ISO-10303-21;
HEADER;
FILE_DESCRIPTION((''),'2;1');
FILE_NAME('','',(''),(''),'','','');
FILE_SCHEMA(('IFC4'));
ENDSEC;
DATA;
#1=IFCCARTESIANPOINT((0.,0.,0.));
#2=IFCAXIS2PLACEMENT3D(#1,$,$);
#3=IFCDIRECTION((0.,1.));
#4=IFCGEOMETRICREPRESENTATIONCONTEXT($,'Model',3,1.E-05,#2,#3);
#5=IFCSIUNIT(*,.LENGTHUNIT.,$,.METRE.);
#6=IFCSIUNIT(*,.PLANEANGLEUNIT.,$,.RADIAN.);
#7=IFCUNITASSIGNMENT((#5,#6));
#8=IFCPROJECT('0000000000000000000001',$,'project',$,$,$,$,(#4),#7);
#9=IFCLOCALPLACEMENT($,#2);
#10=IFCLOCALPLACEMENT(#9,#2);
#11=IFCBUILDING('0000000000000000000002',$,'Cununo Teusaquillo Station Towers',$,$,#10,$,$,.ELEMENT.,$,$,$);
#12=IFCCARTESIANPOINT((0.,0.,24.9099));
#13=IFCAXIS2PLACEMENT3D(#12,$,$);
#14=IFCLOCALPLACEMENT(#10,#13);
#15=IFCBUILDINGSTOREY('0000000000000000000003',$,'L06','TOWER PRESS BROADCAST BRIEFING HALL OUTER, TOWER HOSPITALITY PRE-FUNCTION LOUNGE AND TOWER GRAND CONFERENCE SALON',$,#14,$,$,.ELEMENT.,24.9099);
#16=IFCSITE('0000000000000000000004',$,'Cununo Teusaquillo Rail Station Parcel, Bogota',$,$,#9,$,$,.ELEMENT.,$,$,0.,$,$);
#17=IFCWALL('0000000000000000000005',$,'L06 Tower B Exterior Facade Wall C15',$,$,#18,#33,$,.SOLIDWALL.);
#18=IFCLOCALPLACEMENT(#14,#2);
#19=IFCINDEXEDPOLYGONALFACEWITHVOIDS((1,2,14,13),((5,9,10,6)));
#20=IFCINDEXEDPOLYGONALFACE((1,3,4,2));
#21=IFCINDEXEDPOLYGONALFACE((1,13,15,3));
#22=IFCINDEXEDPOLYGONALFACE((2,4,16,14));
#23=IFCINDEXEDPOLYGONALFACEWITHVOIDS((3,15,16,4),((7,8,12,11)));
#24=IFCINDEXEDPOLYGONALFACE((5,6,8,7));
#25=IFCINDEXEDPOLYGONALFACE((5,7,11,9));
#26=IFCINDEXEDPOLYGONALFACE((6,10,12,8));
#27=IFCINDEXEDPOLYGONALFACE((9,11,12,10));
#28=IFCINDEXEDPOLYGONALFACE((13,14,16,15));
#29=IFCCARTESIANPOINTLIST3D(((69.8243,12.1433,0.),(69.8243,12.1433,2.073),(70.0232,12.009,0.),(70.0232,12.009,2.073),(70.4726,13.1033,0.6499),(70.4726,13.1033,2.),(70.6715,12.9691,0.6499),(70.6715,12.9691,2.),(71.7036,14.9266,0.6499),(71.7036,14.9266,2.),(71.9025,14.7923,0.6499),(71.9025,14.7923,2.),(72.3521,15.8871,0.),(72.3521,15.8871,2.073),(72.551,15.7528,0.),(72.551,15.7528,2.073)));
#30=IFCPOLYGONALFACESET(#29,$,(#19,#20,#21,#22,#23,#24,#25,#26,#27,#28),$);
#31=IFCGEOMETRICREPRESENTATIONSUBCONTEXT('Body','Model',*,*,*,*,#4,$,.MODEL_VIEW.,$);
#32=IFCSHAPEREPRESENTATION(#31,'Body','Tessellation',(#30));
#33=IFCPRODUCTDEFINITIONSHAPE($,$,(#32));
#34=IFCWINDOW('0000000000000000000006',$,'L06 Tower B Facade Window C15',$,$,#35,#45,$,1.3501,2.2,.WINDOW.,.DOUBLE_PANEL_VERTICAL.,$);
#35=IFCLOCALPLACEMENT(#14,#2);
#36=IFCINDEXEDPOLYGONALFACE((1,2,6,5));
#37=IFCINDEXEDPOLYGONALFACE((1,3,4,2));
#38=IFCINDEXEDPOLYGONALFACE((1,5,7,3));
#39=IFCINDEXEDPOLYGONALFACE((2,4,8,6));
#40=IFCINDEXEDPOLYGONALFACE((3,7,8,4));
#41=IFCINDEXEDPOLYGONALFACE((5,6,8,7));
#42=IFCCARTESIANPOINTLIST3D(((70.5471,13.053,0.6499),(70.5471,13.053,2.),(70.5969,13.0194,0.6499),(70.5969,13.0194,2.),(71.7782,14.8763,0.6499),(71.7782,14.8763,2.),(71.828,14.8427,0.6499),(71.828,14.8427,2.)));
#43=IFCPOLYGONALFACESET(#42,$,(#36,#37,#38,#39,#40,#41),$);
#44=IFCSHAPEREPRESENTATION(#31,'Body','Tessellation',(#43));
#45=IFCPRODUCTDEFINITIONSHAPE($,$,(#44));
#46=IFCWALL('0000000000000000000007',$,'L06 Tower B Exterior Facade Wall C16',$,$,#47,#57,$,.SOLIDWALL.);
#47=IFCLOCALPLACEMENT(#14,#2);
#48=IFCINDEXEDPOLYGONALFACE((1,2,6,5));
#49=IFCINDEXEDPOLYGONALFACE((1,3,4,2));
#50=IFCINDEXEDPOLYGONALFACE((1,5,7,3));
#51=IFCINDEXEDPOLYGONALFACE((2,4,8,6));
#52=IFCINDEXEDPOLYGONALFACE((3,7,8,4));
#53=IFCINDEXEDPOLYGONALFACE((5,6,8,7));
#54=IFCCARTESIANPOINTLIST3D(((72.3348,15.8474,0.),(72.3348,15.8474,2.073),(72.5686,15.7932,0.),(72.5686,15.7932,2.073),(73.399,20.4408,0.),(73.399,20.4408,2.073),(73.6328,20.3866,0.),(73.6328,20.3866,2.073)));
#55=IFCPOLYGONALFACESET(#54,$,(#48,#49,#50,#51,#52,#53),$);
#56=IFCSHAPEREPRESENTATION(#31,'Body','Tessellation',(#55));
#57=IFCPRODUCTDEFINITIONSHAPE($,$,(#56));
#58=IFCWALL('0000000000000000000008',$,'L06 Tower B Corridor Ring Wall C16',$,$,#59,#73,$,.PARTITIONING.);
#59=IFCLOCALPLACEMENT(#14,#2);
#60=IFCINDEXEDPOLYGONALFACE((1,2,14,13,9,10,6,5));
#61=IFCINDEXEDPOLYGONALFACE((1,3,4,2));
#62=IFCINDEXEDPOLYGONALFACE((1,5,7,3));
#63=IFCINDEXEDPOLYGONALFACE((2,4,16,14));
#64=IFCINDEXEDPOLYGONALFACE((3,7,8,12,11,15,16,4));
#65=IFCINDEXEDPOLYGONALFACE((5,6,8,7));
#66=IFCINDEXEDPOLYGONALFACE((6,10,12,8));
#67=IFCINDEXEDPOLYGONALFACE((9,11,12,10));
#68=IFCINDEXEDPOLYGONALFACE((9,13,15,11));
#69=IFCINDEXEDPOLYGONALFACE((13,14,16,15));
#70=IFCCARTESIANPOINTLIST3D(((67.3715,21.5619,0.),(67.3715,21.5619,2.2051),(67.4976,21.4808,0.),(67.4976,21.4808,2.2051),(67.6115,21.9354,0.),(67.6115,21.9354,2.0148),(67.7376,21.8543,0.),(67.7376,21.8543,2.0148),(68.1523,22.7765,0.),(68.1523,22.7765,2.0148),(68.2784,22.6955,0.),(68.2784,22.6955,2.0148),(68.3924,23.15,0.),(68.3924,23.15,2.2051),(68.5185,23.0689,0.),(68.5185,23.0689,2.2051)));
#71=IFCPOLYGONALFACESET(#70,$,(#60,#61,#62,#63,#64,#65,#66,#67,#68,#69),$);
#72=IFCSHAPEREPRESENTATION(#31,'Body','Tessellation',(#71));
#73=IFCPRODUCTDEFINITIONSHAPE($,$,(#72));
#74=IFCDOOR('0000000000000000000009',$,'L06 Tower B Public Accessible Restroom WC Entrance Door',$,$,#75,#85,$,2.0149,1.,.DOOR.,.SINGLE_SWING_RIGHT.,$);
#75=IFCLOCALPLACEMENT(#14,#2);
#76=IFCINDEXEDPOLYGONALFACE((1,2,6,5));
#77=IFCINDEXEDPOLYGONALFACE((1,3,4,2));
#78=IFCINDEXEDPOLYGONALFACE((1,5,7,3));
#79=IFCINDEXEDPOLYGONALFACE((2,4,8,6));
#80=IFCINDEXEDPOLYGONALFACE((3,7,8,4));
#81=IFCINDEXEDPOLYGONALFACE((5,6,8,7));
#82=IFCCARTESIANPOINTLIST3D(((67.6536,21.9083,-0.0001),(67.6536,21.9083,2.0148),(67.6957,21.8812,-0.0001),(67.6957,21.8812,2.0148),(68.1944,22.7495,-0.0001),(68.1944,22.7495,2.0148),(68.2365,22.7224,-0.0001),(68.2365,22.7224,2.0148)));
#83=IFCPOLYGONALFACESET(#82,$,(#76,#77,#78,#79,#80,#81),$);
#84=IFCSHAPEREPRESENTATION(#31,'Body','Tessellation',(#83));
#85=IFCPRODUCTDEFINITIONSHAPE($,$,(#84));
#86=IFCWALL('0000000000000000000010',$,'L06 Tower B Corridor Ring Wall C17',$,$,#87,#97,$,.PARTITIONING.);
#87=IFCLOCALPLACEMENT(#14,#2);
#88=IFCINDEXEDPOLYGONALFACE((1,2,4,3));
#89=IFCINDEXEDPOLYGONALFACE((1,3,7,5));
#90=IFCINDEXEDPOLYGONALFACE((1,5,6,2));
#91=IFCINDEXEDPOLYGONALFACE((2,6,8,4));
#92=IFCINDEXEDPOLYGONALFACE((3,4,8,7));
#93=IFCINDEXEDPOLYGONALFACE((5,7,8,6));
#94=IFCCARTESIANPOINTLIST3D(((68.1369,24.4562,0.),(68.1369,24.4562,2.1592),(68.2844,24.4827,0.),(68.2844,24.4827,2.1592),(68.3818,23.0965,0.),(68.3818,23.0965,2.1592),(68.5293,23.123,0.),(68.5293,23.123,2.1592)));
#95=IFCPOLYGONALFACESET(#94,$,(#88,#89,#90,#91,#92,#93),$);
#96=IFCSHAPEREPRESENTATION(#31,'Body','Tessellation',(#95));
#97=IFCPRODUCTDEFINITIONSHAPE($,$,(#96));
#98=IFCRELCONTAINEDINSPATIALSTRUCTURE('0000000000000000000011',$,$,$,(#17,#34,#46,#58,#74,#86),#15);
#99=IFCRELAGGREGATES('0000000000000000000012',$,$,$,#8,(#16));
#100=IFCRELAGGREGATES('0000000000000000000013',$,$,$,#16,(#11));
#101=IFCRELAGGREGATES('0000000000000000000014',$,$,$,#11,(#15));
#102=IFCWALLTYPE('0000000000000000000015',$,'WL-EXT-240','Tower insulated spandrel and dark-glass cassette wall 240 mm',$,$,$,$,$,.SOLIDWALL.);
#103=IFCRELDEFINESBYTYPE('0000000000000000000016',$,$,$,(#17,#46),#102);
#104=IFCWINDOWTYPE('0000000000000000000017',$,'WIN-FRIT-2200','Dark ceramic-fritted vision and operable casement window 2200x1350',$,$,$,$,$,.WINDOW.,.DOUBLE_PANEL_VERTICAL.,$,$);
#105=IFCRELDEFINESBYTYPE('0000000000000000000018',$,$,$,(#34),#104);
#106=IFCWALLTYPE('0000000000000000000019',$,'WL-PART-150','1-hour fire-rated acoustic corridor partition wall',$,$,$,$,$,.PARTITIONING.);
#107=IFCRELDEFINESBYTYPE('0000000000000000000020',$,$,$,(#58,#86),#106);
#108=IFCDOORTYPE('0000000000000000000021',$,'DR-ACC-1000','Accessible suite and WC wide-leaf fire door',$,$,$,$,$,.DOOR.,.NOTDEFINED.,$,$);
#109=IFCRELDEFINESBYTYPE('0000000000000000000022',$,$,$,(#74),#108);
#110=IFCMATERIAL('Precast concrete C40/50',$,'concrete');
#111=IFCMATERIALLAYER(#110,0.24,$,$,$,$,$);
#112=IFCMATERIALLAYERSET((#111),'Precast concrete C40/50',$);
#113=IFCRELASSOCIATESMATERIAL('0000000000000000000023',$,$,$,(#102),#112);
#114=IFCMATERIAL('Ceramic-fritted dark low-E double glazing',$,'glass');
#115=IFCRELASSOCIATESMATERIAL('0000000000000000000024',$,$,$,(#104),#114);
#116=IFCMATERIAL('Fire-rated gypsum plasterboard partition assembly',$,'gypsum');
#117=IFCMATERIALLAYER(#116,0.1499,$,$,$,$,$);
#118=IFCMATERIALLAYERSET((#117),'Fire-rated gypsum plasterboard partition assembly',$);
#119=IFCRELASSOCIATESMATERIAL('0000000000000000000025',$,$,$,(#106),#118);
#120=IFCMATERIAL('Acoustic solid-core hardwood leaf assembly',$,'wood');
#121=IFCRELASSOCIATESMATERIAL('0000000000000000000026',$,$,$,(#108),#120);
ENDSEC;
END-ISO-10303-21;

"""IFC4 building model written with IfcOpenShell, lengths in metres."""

from ifc_helpers import new_model, si_unit, direction, frame, frame_2d, origin, place, context, subcontext, project, spatial, rectangle, extrude, source, transform, mapped, material, layer, layer_set, type_object, element, fill, save


model = new_model("IFC4")

# Units and contexts
model_context = context("Model", 3, precision=1e-05, world=origin(), true_north=direction((0.0, 1.0)))
body_context = subcontext(model_context, "Body", "Model", "MODEL_VIEW")
ifc_project = project(units=[si_unit("LENGTHUNIT", "METRE"), si_unit("PLANEANGLEUNIT", "RADIAN")], contexts=[model_context])

# Site, building, storey
site_placement = place(None, origin())
site = spatial("IfcSite", under=ifc_project, at=site_placement, Name="Cununo Teusaquillo Rail Station Parcel, Bogota", CompositionType="ELEMENT", RefElevation=0.0)
building_placement = place(site_placement, origin())
building = spatial("IfcBuilding", under=site, at=building_placement, Name="Cununo Teusaquillo Station Towers", CompositionType="ELEMENT")
storey_placement = place(building_placement, frame((0.0, 0.0, 24.9099)))
storey = spatial("IfcBuildingStorey", under=building, at=storey_placement, Name="L06", Description="TOWER PRESS BROADCAST BRIEFING HALL OUTER, TOWER HOSPITALITY PRE-FUNCTION LOUNGE AND TOWER GRAND CONFERENCE SALON", CompositionType="ELEMENT", Elevation=24.9099)

# Shared definitions
ifc_material_1 = material(Name="Precast concrete C40/50", Category="concrete")
ifc_layer_1 = layer(ifc_material_1, 0.24)
ifc_layer_set_1 = layer_set([ifc_layer_1], Name="Precast concrete C40/50")
wall_type_1 = type_object("IfcWallType", Name="WL-EXT-240", Description="Tower insulated spandrel and dark-glass cassette wall 240 mm", PredefinedType="SOLIDWALL", material=ifc_layer_set_1)

# Wall, opening, window
wall_1_placement = place(storey_placement, frame((72.4517, 15.8201, 0.0), z_axis=(0.0, 0.0, 1.0), x_axis=(-0.55958, -0.828777, 0.0)))
wall_1 = element("IfcWall", 1, at=wall_1_placement, inside=storey, type_object=wall_type_1, Name="L06 Tower B Exterior Facade Wall C15", PredefinedType="SOLIDWALL", context=body_context, shape_type="SweptSolid", body=[
    extrude(rectangle(XDim=4.5173, YDim=0.24, at=frame_2d((2.2588, 0.0))), origin(), (0.0, 0.0, 1.0), 2.073),
])
shared_shape_1 = source(origin(), body_context, "Body", "SweptSolid", [
    extrude(rectangle(XDim=2.2, YDim=1.3501, at=frame_2d((1.1001, 0.675))), frame((0.0, 0.1299, 0.0), z_axis=(0.0, -1.0, 0.0), x_axis=(1.0, 0.0, 0.0)), (0.0, 0.0, 1.0), 0.26),
])
opening_1_placement = place(wall_1_placement, frame((1.1589, 0.0, 0.6499)))
opening_1 = element("IfcOpeningElement", 2, at=opening_1_placement, cuts=wall_1, PredefinedType="OPENING", context=body_context, shape_type="MappedRepresentation", body=[
    mapped(shared_shape_1, transform((0.0, 0.0, 0.0), x_axis=(1.0, 0.0, 0.0), y_axis=(0.0, 1.0, 0.0), z_axis=(0.0, 0.0, 1.0), scale=1.0)),
])
ifc_material_2 = material(Name="Ceramic-fritted dark low-E double glazing", Category="glass")
window_type_1 = type_object("IfcWindowType", Name="WIN-FRIT-2200", Description="Dark ceramic-fritted vision and operable casement window 2200x1350", PartitioningType="DOUBLE_PANEL_VERTICAL", PredefinedType="WINDOW", material=ifc_material_2)
shared_shape_2 = source(origin(), body_context, "Body", "SweptSolid", [
    extrude(rectangle(XDim=2.2, YDim=1.3501, at=frame_2d((1.1001, 0.675))), frame((0.0, 0.03, 0.0), z_axis=(0.0, -1.0, 0.0), x_axis=(1.0, 0.0, 0.0)), (0.0, 0.0, 1.0), 0.0601),
])
window_1_placement = place(opening_1_placement, origin())
window_1 = element("IfcWindow", 3, at=window_1_placement, inside=storey, type_object=window_type_1, Name="L06 Tower B Facade Window C15", OverallHeight=1.3501, OverallWidth=2.2, PartitioningType="DOUBLE_PANEL_VERTICAL", PredefinedType="WINDOW", context=body_context, shape_type="MappedRepresentation", body=[
    mapped(shared_shape_2, transform((0.0, 0.0, 0.0), x_axis=(1.0, 0.0, 0.0), y_axis=(0.0, 1.0, 0.0), z_axis=(0.0, 0.0, 1.0), scale=1.0)),
])
fill(opening_1, window_1)

# Wall
wall_2_placement = place(storey_placement, frame((73.5159, 20.4136, 0.0), z_axis=(0.0, 0.0, 1.0), x_axis=(-0.225699, -0.974197, 0.0)))
element("IfcWall", 4, at=wall_2_placement, inside=storey, type_object=wall_type_1, Name="L06 Tower B Exterior Facade Wall C16", PredefinedType="SOLIDWALL", context=body_context, shape_type="SweptSolid", body=[
    extrude(rectangle(XDim=4.7151, YDim=0.24, at=frame_2d((2.3574, 0.0))), origin(), (0.0, 0.0, 1.0), 2.073),
])

# Wall, opening, door
ifc_material_3 = material(Name="Fire-rated gypsum plasterboard partition assembly", Category="gypsum")
ifc_layer_2 = layer(ifc_material_3, 0.1499)
ifc_layer_set_2 = layer_set([ifc_layer_2], Name="Fire-rated gypsum plasterboard partition assembly")
wall_type_2 = type_object("IfcWallType", Name="WL-PART-150", Description="1-hour fire-rated acoustic corridor partition wall", PredefinedType="PARTITIONING", material=ifc_layer_set_2)
wall_3_placement = place(storey_placement, frame((67.4346, 21.5215, 0.0), z_axis=(0.0, 0.0, 1.0), x_axis=(0.540777, 0.841166, 0.0)))
wall_3 = element("IfcWall", 5, at=wall_3_placement, inside=storey, type_object=wall_type_2, Name="L06 Tower B Corridor Ring Wall C16", PredefinedType="PARTITIONING", context=body_context, shape_type="SweptSolid", body=[
    extrude(rectangle(XDim=1.8879, YDim=0.1499, at=frame_2d((0.9438, 0.0))), origin(), (0.0, 0.0, 1.0), 2.2051),
])
shared_shape_3 = source(origin(), body_context, "Body", "SweptSolid", [
    extrude(rectangle(XDim=1.0, YDim=2.0149, at=frame_2d((0.5, 1.0073))), frame((0.0, 0.085, 0.0), z_axis=(0.0, -1.0, 0.0), x_axis=(1.0, 0.0, 0.0)), (0.0, 0.0, 1.0), 0.1699),
])
opening_2_placement = place(wall_3_placement, frame((0.4438, 0.0, 0.0)))
opening_2 = element("IfcOpeningElement", 6, at=opening_2_placement, cuts=wall_3, PredefinedType="OPENING", context=body_context, shape_type="MappedRepresentation", body=[
    mapped(shared_shape_3, transform((0.0, 0.0, 0.0), x_axis=(1.0, 0.0, 0.0), y_axis=(0.0, 1.0, 0.0), z_axis=(0.0, 0.0, 1.0), scale=1.0)),
])
ifc_material_4 = material(Name="Acoustic solid-core hardwood leaf assembly", Category="wood")
door_type_1 = type_object("IfcDoorType", Name="DR-ACC-1000", Description="Accessible suite and WC wide-leaf fire door", OperationType="NOTDEFINED", PredefinedType="DOOR", material=ifc_material_4)
shared_shape_4 = source(origin(), body_context, "Body", "SweptSolid", [
    extrude(rectangle(XDim=1.0, YDim=2.0149, at=frame_2d((0.5, 1.0073))), frame((0.0, 0.0249, 0.0), z_axis=(0.0, -1.0, 0.0), x_axis=(1.0, 0.0, 0.0)), (0.0, 0.0, 1.0), 0.05),
])
door_1_placement = place(opening_2_placement, origin())
door_1 = element("IfcDoor", 7, at=door_1_placement, inside=storey, type_object=door_type_1, Name="L06 Tower B Public Accessible Restroom WC Entrance Door", OperationType="SINGLE_SWING_RIGHT", OverallHeight=2.0149, OverallWidth=1.0, PredefinedType="DOOR", context=body_context, shape_type="MappedRepresentation", body=[
    mapped(shared_shape_4, transform((0.0, 0.0, 0.0), x_axis=(1.0, 0.0, 0.0), y_axis=(0.0, 1.0, 0.0), z_axis=(0.0, 0.0, 1.0), scale=1.0)),
])
fill(opening_2, door_1)

# Wall
wall_4_placement = place(storey_placement, frame((68.4556, 23.1096, 0.0), z_axis=(0.0, 0.0, 1.0), x_axis=(-0.177252, 0.984165, 0.0)))
element("IfcWall", 8, at=wall_4_placement, inside=storey, type_object=wall_type_2, Name="L06 Tower B Corridor Ring Wall C17", PredefinedType="PARTITIONING", context=body_context, shape_type="SweptSolid", body=[
    extrude(rectangle(XDim=1.3816, YDim=0.1499, at=frame_2d((0.6909, 0.0))), origin(), (0.0, 0.0, 1.0), 2.1592),
])

save(model, "model.ifc")
